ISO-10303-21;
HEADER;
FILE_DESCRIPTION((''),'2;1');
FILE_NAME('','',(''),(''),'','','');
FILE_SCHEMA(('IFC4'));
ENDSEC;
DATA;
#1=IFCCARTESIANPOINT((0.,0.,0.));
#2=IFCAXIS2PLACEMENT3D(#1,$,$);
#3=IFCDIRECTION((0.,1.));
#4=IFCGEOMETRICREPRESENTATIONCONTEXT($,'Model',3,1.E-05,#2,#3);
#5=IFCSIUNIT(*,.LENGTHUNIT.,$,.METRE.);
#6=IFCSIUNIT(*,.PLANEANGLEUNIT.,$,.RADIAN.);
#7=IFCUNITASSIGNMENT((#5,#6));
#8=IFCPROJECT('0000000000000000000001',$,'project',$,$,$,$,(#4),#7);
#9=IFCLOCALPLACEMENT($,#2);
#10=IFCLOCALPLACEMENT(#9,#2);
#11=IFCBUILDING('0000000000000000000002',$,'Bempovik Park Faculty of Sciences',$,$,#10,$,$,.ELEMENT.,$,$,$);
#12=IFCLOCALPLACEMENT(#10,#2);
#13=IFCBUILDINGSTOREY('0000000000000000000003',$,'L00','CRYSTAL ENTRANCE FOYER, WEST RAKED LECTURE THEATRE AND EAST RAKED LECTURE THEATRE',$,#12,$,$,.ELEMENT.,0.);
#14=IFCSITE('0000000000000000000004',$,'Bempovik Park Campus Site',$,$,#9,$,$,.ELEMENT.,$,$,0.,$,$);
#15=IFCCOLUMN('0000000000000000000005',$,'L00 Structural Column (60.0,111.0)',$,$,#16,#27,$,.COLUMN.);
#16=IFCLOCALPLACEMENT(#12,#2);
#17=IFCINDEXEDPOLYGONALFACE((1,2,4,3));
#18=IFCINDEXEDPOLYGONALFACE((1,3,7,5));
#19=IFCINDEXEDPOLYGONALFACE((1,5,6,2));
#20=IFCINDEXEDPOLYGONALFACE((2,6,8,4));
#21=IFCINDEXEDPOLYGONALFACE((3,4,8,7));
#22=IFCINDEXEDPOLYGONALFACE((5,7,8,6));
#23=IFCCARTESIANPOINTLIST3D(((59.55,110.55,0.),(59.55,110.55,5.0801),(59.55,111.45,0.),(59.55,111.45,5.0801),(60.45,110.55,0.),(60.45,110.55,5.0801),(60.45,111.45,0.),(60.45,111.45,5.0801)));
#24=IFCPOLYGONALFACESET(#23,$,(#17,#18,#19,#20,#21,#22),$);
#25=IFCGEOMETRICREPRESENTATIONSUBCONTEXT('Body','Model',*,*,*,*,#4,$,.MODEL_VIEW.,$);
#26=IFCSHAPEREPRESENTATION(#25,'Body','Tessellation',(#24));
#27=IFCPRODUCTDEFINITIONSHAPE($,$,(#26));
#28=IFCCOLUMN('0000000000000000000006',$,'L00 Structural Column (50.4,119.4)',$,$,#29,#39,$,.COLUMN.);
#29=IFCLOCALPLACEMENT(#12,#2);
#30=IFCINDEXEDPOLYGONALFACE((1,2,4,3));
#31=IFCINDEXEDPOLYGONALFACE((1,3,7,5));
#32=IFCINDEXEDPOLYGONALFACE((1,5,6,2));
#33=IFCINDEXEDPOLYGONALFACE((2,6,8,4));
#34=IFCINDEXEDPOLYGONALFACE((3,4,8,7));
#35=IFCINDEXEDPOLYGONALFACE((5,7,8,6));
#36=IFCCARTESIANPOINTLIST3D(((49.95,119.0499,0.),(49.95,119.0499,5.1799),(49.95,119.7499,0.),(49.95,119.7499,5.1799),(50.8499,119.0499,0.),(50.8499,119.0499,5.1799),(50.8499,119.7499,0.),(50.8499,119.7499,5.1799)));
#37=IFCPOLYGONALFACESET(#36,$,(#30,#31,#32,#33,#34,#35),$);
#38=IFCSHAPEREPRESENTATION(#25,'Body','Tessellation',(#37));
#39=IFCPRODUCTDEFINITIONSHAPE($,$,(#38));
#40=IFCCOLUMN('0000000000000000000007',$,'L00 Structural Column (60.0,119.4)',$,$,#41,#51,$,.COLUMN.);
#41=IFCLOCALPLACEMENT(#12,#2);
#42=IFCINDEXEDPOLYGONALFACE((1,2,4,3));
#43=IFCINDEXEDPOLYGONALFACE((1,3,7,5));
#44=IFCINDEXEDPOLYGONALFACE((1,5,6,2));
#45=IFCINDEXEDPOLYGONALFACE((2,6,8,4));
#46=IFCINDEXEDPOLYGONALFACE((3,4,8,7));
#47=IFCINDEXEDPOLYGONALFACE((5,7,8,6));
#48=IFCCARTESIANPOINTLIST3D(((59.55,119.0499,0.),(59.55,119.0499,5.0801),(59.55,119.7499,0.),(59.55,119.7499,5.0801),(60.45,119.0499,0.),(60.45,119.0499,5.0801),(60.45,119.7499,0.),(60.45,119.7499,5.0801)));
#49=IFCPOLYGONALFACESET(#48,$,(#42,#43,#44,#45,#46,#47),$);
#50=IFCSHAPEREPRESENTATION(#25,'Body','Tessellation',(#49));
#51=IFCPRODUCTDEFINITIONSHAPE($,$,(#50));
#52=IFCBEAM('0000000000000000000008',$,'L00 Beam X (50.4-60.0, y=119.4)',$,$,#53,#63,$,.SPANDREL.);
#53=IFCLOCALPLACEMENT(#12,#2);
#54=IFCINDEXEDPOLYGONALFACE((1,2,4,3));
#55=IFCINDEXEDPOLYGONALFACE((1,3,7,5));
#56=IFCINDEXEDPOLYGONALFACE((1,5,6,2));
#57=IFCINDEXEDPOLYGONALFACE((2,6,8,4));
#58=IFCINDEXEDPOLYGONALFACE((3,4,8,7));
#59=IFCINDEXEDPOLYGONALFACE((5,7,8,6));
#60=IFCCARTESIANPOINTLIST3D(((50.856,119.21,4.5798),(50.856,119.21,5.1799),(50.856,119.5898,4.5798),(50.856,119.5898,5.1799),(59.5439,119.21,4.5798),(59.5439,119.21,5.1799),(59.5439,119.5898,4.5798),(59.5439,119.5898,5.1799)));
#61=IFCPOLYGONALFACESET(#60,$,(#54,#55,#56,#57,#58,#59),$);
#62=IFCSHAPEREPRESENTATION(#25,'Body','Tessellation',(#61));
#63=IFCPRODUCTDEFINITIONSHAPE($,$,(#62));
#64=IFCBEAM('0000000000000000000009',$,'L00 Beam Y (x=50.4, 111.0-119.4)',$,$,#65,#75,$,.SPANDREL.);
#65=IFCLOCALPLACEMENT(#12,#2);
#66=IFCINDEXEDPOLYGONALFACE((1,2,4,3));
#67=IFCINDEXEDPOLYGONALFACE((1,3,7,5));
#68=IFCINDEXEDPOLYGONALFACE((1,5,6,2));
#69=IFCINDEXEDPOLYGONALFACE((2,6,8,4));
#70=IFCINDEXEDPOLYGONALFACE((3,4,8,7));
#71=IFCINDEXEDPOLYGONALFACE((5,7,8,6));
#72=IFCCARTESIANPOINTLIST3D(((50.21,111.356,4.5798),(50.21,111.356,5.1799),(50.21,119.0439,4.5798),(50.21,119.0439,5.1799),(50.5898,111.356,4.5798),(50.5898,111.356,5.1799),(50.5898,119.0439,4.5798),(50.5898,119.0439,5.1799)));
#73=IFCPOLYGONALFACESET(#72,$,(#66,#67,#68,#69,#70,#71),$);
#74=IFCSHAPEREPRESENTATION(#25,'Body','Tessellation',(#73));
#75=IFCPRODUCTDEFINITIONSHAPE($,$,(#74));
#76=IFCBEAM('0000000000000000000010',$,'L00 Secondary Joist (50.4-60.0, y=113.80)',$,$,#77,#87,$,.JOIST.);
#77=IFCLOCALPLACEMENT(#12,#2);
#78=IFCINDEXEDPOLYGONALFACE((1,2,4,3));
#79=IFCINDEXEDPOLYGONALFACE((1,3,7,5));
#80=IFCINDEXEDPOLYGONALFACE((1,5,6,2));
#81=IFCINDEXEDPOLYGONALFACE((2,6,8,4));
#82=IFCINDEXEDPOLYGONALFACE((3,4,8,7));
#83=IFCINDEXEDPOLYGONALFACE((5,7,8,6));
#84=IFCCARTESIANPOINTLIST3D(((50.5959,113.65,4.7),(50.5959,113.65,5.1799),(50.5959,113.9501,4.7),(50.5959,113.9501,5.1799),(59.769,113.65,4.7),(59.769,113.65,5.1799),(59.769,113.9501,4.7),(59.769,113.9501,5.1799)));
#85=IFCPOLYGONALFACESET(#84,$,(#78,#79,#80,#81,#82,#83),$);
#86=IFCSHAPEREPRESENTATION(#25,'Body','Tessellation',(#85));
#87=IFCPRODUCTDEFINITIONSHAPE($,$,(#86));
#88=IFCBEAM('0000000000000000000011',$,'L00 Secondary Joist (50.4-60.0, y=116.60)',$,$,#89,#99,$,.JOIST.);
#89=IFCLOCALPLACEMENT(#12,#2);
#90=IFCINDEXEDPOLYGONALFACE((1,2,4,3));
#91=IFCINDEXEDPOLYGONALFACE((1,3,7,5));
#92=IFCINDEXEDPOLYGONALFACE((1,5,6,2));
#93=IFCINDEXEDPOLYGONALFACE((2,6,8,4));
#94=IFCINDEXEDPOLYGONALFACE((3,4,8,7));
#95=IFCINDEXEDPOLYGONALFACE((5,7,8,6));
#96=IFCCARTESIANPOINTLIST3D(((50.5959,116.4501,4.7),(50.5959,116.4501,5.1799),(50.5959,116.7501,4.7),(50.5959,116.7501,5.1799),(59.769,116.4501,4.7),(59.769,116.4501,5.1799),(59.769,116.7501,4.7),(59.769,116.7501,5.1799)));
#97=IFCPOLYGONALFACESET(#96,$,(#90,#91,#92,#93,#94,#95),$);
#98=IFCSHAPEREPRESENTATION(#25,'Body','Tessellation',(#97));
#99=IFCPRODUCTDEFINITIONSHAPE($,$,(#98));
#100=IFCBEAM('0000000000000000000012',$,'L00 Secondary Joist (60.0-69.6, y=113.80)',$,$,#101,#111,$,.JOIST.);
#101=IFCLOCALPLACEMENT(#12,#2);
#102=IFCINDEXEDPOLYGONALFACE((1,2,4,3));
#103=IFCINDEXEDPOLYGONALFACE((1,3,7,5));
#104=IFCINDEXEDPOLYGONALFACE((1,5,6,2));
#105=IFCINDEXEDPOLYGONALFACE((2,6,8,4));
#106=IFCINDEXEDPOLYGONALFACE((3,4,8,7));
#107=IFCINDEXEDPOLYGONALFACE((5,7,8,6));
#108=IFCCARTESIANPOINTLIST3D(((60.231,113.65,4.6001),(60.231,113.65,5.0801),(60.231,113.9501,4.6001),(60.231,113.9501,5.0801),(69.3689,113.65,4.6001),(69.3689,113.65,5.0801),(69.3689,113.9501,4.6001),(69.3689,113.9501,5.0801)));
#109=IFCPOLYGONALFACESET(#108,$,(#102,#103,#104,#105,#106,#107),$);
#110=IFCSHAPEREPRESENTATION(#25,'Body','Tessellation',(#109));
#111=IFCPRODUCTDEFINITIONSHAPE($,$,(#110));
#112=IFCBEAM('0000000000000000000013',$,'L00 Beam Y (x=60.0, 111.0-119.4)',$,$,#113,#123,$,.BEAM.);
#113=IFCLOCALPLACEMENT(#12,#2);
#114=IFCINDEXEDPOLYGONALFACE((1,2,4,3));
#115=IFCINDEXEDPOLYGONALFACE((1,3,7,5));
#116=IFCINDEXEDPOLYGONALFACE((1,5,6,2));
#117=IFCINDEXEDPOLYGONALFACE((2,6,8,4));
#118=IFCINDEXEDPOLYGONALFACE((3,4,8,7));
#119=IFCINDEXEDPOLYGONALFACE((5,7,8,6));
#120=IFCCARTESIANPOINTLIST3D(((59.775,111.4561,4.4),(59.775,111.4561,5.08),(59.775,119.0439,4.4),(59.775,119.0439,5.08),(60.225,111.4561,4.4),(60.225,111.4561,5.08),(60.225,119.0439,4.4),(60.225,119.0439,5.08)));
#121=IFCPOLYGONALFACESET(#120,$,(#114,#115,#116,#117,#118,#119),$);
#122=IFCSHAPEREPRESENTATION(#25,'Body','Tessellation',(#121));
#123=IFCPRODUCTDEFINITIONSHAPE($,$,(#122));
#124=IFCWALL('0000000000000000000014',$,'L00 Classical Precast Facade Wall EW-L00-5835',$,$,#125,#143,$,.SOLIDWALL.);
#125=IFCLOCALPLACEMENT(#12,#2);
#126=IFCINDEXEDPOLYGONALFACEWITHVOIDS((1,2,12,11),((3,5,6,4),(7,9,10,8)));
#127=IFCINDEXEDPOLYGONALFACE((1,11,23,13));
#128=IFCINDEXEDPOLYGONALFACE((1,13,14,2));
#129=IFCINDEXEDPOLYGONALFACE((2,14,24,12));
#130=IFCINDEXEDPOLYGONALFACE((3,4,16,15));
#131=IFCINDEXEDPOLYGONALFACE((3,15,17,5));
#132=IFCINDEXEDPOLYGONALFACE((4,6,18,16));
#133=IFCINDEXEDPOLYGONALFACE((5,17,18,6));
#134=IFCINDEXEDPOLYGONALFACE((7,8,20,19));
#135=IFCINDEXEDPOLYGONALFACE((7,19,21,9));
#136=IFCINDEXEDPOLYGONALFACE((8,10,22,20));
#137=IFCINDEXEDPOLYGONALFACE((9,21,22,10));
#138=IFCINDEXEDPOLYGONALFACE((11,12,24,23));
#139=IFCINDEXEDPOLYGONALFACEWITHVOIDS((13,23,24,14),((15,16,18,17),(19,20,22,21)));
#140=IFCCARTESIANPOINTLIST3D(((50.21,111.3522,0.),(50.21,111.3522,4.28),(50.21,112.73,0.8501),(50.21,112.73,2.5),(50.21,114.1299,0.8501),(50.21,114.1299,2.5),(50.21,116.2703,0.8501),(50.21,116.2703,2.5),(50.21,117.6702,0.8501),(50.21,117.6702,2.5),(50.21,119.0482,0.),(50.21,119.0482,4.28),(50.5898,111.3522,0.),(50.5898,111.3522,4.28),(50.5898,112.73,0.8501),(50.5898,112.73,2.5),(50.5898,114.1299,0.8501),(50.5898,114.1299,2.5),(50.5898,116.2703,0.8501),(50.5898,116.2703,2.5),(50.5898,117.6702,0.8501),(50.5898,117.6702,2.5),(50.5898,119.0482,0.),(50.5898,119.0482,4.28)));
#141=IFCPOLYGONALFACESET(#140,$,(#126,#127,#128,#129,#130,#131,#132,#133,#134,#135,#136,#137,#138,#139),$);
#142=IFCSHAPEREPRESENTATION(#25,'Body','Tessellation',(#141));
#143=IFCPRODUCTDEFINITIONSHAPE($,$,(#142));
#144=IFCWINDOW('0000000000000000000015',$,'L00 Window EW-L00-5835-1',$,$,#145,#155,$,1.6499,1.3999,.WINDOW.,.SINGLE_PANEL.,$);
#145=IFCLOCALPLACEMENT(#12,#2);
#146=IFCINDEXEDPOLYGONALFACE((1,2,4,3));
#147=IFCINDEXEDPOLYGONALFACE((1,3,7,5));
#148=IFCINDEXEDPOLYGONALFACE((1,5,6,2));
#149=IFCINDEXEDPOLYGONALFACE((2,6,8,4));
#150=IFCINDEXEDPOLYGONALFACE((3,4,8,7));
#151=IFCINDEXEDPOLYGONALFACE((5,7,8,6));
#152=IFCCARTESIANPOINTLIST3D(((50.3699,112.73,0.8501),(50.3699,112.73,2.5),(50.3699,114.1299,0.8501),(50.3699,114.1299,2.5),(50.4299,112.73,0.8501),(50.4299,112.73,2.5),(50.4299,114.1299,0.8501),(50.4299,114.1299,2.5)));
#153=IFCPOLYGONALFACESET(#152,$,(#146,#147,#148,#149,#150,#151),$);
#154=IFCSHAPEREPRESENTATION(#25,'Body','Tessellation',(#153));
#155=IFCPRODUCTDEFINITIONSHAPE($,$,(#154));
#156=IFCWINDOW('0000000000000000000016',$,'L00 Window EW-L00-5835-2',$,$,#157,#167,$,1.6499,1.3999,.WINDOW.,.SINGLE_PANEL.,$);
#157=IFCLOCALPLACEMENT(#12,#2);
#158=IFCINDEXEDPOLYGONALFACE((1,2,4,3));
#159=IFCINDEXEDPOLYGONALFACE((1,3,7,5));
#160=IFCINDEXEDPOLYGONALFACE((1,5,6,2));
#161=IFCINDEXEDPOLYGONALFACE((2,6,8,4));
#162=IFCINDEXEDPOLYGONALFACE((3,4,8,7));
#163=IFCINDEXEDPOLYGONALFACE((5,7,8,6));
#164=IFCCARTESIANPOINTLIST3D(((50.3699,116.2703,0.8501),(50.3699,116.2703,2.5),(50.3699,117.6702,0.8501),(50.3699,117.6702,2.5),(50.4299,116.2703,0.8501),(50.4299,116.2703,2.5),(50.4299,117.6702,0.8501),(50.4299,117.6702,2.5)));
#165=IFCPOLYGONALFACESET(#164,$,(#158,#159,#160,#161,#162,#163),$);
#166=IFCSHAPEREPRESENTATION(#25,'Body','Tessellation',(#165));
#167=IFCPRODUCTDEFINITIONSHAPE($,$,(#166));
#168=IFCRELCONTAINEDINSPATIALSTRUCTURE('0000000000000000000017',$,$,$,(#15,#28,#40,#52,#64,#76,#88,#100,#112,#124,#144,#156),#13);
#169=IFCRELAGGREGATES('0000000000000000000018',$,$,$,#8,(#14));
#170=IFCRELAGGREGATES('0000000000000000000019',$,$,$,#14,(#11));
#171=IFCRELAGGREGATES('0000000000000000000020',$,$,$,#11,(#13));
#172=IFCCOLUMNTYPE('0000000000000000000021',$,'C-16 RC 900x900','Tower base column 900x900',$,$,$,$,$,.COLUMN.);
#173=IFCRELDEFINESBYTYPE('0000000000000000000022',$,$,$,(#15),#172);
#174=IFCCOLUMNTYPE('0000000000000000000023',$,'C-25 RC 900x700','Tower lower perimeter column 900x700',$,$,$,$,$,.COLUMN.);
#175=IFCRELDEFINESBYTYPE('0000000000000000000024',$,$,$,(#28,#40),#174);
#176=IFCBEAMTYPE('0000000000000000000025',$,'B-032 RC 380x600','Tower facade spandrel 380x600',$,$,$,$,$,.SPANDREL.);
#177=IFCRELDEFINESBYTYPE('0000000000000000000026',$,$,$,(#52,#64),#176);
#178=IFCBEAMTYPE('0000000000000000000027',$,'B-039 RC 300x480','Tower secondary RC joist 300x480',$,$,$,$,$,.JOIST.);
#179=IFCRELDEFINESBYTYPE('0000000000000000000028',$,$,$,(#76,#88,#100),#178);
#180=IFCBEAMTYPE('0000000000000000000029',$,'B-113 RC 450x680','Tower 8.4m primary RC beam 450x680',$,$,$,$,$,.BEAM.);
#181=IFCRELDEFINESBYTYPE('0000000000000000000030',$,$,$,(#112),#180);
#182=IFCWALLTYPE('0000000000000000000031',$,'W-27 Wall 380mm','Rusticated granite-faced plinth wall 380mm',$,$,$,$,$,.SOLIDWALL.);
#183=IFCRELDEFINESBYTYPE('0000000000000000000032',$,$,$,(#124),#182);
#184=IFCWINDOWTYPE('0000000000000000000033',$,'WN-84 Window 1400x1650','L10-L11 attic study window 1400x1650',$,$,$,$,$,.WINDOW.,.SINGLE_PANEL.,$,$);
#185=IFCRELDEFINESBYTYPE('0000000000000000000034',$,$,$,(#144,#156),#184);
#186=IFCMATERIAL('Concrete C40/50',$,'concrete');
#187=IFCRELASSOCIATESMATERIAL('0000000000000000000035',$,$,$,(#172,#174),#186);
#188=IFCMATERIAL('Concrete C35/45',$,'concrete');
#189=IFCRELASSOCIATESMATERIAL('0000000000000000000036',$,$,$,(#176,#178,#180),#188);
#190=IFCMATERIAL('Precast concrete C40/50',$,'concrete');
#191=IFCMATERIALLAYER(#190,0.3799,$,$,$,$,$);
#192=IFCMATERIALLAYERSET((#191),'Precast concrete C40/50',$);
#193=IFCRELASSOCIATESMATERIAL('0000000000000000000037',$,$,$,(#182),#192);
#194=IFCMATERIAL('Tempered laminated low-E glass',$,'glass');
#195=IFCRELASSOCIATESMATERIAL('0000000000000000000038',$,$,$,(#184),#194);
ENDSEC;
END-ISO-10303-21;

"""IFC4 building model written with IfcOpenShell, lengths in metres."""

from ifc_helpers import new_model, si_unit, direction, frame, frame_2d, origin, origin_2d, place, context, subcontext, project, spatial, rectangle, extrude, material, layer, layer_set, material_profile, profile_set, type_object, element, fill, save


model = new_model("IFC4")

# Units and contexts
model_context = context("Model", 3, precision=1e-05, world=origin(), true_north=direction((0.0, 1.0)))
body_context = subcontext(model_context, "Body", "Model", "MODEL_VIEW")
ifc_project = project(units=[si_unit("LENGTHUNIT", "METRE"), si_unit("PLANEANGLEUNIT", "RADIAN")], contexts=[model_context])

# Site, building, storey
site_placement = place(None, origin())
site = spatial("IfcSite", under=ifc_project, at=site_placement, Name="Bempovik Park Campus Site", CompositionType="ELEMENT", RefElevation=0.0)
building_placement = place(site_placement, origin())
building = spatial("IfcBuilding", under=site, at=building_placement, Name="Bempovik Park Faculty of Sciences", CompositionType="ELEMENT")
storey_placement = place(building_placement, origin())
storey = spatial("IfcBuildingStorey", under=building, at=storey_placement, Name="L00", Description="CRYSTAL ENTRANCE FOYER, WEST RAKED LECTURE THEATRE AND EAST RAKED LECTURE THEATRE", CompositionType="ELEMENT", Elevation=0.0)

# Columns
ifc_material_1 = material(Name="Concrete C40/50", Category="concrete")
ifc_material_profile_1 = material_profile(ifc_material_1, rectangle(XDim=0.8999, YDim=0.8999, at=origin_2d()), Name="RC 900x900")
ifc_profile_set_1 = profile_set([ifc_material_profile_1], Name="Concrete C40/50")
column_type_1 = type_object("IfcColumnType", Name="C-16 RC 900x900", Description="Tower base column 900x900", PredefinedType="COLUMN", material=ifc_profile_set_1)
column_1_placement = place(storey_placement, frame((60.0, 111.0, 0.0), z_axis=(0.0, 0.0, 1.0), x_axis=(1.0, 0.0, 0.0)))
element("IfcColumn", 1, at=column_1_placement, inside=storey, type_object=column_type_1, Name="L00 Structural Column (60.0,111.0)", PredefinedType="COLUMN", context=body_context, shape_type="SweptSolid", body=[
    extrude(rectangle(XDim=0.8999, YDim=0.8999, at=origin_2d()), origin(), (0.0, 0.0, 1.0), 5.0801),
])
ifc_material_profile_2 = material_profile(ifc_material_1, rectangle(XDim=0.8999, YDim=0.7, at=origin_2d()), Name="RC 900x700")
ifc_profile_set_2 = profile_set([ifc_material_profile_2], Name="Concrete C40/50")
column_type_2 = type_object("IfcColumnType", Name="C-25 RC 900x700", Description="Tower lower perimeter column 900x700", PredefinedType="COLUMN", material=ifc_profile_set_2)
column_2_placement = place(storey_placement, frame((50.3999, 119.3999, 0.0), z_axis=(0.0, 0.0, 1.0), x_axis=(1.0, 0.0, 0.0)))
element("IfcColumn", 2, at=column_2_placement, inside=storey, type_object=column_type_2, Name="L00 Structural Column (50.4,119.4)", PredefinedType="COLUMN", context=body_context, shape_type="SweptSolid", body=[
    extrude(rectangle(XDim=0.8999, YDim=0.7, at=origin_2d()), origin(), (0.0, 0.0, 1.0), 5.1799),
])
column_3_placement = place(storey_placement, frame((60.0, 119.3999, 0.0), z_axis=(0.0, 0.0, 1.0), x_axis=(1.0, 0.0, 0.0)))
element("IfcColumn", 3, at=column_3_placement, inside=storey, type_object=column_type_2, Name="L00 Structural Column (60.0,119.4)", PredefinedType="COLUMN", context=body_context, shape_type="SweptSolid", body=[
    extrude(rectangle(XDim=0.8999, YDim=0.7, at=origin_2d()), origin(), (0.0, 0.0, 1.0), 5.0801),
])

# Beams
ifc_material_2 = material(Name="Concrete C35/45", Category="concrete")
ifc_material_profile_3 = material_profile(ifc_material_2, rectangle(XDim=0.3799, YDim=0.6001, at=origin_2d()), Name="RC 380x600")
ifc_profile_set_3 = profile_set([ifc_material_profile_3], Name="Concrete C35/45")
beam_type_1 = type_object("IfcBeamType", Name="B-032 RC 380x600", Description="Tower facade spandrel 380x600", PredefinedType="SPANDREL", material=ifc_profile_set_3)
beam_1_placement = place(storey_placement, frame((50.856, 119.3999, 4.8799), z_axis=(1.0, 0.0, 0.0), x_axis=(0.0, 1.0, 0.0)))
element("IfcBeam", 4, at=beam_1_placement, inside=storey, type_object=beam_type_1, Name="L00 Beam X (50.4-60.0, y=119.4)", PredefinedType="SPANDREL", context=body_context, shape_type="SweptSolid", body=[
    extrude(rectangle(XDim=0.3799, YDim=0.6001, at=origin_2d()), origin(), (0.0, 0.0, 1.0), 8.688),
])
beam_2_placement = place(storey_placement, frame((50.3999, 111.356, 4.8799), z_axis=(0.0, 1.0, 0.0), x_axis=(-1.0, 0.0, 0.0)))
element("IfcBeam", 5, at=beam_2_placement, inside=storey, type_object=beam_type_1, Name="L00 Beam Y (x=50.4, 111.0-119.4)", PredefinedType="SPANDREL", context=body_context, shape_type="SweptSolid", body=[
    extrude(rectangle(XDim=0.3799, YDim=0.6001, at=origin_2d()), origin(), (0.0, 0.0, 1.0), 7.688),
])
ifc_material_profile_4 = material_profile(ifc_material_2, rectangle(XDim=0.3, YDim=0.48, at=origin_2d()), Name="RC 300x480")
ifc_profile_set_4 = profile_set([ifc_material_profile_4], Name="Concrete C35/45")
beam_type_2 = type_object("IfcBeamType", Name="B-039 RC 300x480", Description="Tower secondary RC joist 300x480", PredefinedType="JOIST", material=ifc_profile_set_4)
for number, where, z_axis, x_axis, name in (
    (6, (50.5959, 113.8, 4.9399), (1.0, 0.0, 0.0), (0.0, 1.0, 0.0), "L00 Secondary Joist (50.4-60.0, y=113.80)"),
    (7, (50.5959, 116.6001, 4.9399), (1.0, 0.0, 0.0), (0.0, 1.0, 0.0), "L00 Secondary Joist (50.4-60.0, y=116.60)"),
):
    element("IfcBeam", number, at=place(storey_placement, frame(where, z_axis=z_axis, x_axis=x_axis)), inside=storey, type_object=beam_type_2, Name=name, PredefinedType="JOIST", context=body_context, shape_type="SweptSolid", body=[
        extrude(rectangle(XDim=0.3, YDim=0.48, at=origin_2d()), origin(), (0.0, 0.0, 1.0), 9.1731),
    ])
beam_3_placement = place(storey_placement, frame((60.231, 113.8, 4.8401), z_axis=(1.0, 0.0, 0.0), x_axis=(0.0, 1.0, 0.0)))
element("IfcBeam", 8, at=beam_3_placement, inside=storey, type_object=beam_type_2, Name="L00 Secondary Joist (60.0-69.6, y=113.80)", PredefinedType="JOIST", context=body_context, shape_type="SweptSolid", body=[
    extrude(rectangle(XDim=0.3, YDim=0.48, at=origin_2d()), origin(), (0.0, 0.0, 1.0), 9.1379),
])
ifc_material_profile_5 = material_profile(ifc_material_2, rectangle(XDim=0.45, YDim=0.6799, at=origin_2d()), Name="RC 450x680")
ifc_profile_set_5 = profile_set([ifc_material_profile_5], Name="Concrete C35/45")
beam_type_3 = type_object("IfcBeamType", Name="B-113 RC 450x680", Description="Tower 8.4m primary RC beam 450x680", PredefinedType="BEAM", material=ifc_profile_set_5)
beam_4_placement = place(storey_placement, frame((60.0, 111.4561, 4.74), z_axis=(0.0, 1.0, 0.0), x_axis=(-1.0, 0.0, 0.0)))
element("IfcBeam", 9, at=beam_4_placement, inside=storey, type_object=beam_type_3, Name="L00 Beam Y (x=60.0, 111.0-119.4)", PredefinedType="BEAM", context=body_context, shape_type="SweptSolid", body=[
    extrude(rectangle(XDim=0.45, YDim=0.6799, at=origin_2d()), origin(), (0.0, 0.0, 1.0), 7.5879),
])

# Wall, openings, windows
ifc_material_3 = material(Name="Precast concrete C40/50", Category="concrete")
ifc_layer_1 = layer(ifc_material_3, 0.3799)
ifc_layer_set_1 = layer_set([ifc_layer_1], Name="Precast concrete C40/50")
wall_type = type_object("IfcWallType", Name="W-27 Wall 380mm", Description="Rusticated granite-faced plinth wall 380mm", PredefinedType="SOLIDWALL", material=ifc_layer_set_1)
wall_1_placement = place(storey_placement, frame((50.3999, 111.3521, 0.0), z_axis=(0.0, 0.0, 1.0), x_axis=(0.0, 1.0, 0.0)))
wall_1 = element("IfcWall", 10, at=wall_1_placement, inside=storey, type_object=wall_type, Name="L00 Classical Precast Facade Wall EW-L00-5835", PredefinedType="SOLIDWALL", context=body_context, shape_type="SweptSolid", body=[
    extrude(rectangle(XDim=7.696, YDim=0.3799, at=frame_2d((3.8481, 0.0))), origin(), (0.0, 0.0, 1.0), 4.28),
])
opening_1_placement = place(wall_1_placement, frame((1.3779, 0.0, 0.8501)))
opening_1 = element("IfcOpeningElement", 11, at=opening_1_placement, cuts=wall_1, PredefinedType="OPENING", context=body_context, shape_type="SweptSolid", body=[
    extrude(rectangle(XDim=1.3999, YDim=1.6499, at=frame_2d((0.7, 0.825))), frame((0.0, 0.2, 0.0), z_axis=(0.0, -1.0, 0.0), x_axis=(1.0, 0.0, 0.0)), (0.0, 0.0, 1.0), 0.3999),
])
opening_2_placement = place(wall_1_placement, frame((4.9182, 0.0, 0.8501)))
opening_2 = element("IfcOpeningElement", 12, at=opening_2_placement, cuts=wall_1, PredefinedType="OPENING", context=body_context, shape_type="SweptSolid", body=[
    extrude(rectangle(XDim=1.3999, YDim=1.6499, at=frame_2d((0.7, 0.825))), frame((0.0, 0.2, 0.0), z_axis=(0.0, -1.0, 0.0), x_axis=(1.0, 0.0, 0.0)), (0.0, 0.0, 1.0), 0.3999),
])
ifc_material_4 = material(Name="Tempered laminated low-E glass", Category="glass")
window_type = type_object("IfcWindowType", Name="WN-84 Window 1400x1650", Description="L10-L11 attic study window 1400x1650", PartitioningType="SINGLE_PANEL", PredefinedType="WINDOW", material=ifc_material_4)
window_1_placement = place(opening_1_placement, origin())
window_1 = element("IfcWindow", 13, at=window_1_placement, inside=storey, type_object=window_type, Name="L00 Window EW-L00-5835-1", OverallHeight=1.6499, OverallWidth=1.3999, PartitioningType="SINGLE_PANEL", PredefinedType="WINDOW", context=body_context, shape_type="SweptSolid", body=[
    extrude(rectangle(XDim=1.3999, YDim=1.6499, at=frame_2d((0.7, 0.825))), frame((0.0, 0.03, 0.0), z_axis=(0.0, -1.0, 0.0), x_axis=(1.0, 0.0, 0.0)), (0.0, 0.0, 1.0), 0.0601),
])
fill(opening_1, window_1)
window_2_placement = place(opening_2_placement, origin())
window_2 = element("IfcWindow", 14, at=window_2_placement, inside=storey, type_object=window_type, Name="L00 Window EW-L00-5835-2", OverallHeight=1.6499, OverallWidth=1.3999, PartitioningType="SINGLE_PANEL", PredefinedType="WINDOW", context=body_context, shape_type="SweptSolid", body=[
    extrude(rectangle(XDim=1.3999, YDim=1.6499, at=frame_2d((0.7, 0.825))), frame((0.0, 0.03, 0.0), z_axis=(0.0, -1.0, 0.0), x_axis=(1.0, 0.0, 0.0)), (0.0, 0.0, 1.0), 0.0601),
])
fill(opening_2, window_2)

save(model, "model.ifc")
